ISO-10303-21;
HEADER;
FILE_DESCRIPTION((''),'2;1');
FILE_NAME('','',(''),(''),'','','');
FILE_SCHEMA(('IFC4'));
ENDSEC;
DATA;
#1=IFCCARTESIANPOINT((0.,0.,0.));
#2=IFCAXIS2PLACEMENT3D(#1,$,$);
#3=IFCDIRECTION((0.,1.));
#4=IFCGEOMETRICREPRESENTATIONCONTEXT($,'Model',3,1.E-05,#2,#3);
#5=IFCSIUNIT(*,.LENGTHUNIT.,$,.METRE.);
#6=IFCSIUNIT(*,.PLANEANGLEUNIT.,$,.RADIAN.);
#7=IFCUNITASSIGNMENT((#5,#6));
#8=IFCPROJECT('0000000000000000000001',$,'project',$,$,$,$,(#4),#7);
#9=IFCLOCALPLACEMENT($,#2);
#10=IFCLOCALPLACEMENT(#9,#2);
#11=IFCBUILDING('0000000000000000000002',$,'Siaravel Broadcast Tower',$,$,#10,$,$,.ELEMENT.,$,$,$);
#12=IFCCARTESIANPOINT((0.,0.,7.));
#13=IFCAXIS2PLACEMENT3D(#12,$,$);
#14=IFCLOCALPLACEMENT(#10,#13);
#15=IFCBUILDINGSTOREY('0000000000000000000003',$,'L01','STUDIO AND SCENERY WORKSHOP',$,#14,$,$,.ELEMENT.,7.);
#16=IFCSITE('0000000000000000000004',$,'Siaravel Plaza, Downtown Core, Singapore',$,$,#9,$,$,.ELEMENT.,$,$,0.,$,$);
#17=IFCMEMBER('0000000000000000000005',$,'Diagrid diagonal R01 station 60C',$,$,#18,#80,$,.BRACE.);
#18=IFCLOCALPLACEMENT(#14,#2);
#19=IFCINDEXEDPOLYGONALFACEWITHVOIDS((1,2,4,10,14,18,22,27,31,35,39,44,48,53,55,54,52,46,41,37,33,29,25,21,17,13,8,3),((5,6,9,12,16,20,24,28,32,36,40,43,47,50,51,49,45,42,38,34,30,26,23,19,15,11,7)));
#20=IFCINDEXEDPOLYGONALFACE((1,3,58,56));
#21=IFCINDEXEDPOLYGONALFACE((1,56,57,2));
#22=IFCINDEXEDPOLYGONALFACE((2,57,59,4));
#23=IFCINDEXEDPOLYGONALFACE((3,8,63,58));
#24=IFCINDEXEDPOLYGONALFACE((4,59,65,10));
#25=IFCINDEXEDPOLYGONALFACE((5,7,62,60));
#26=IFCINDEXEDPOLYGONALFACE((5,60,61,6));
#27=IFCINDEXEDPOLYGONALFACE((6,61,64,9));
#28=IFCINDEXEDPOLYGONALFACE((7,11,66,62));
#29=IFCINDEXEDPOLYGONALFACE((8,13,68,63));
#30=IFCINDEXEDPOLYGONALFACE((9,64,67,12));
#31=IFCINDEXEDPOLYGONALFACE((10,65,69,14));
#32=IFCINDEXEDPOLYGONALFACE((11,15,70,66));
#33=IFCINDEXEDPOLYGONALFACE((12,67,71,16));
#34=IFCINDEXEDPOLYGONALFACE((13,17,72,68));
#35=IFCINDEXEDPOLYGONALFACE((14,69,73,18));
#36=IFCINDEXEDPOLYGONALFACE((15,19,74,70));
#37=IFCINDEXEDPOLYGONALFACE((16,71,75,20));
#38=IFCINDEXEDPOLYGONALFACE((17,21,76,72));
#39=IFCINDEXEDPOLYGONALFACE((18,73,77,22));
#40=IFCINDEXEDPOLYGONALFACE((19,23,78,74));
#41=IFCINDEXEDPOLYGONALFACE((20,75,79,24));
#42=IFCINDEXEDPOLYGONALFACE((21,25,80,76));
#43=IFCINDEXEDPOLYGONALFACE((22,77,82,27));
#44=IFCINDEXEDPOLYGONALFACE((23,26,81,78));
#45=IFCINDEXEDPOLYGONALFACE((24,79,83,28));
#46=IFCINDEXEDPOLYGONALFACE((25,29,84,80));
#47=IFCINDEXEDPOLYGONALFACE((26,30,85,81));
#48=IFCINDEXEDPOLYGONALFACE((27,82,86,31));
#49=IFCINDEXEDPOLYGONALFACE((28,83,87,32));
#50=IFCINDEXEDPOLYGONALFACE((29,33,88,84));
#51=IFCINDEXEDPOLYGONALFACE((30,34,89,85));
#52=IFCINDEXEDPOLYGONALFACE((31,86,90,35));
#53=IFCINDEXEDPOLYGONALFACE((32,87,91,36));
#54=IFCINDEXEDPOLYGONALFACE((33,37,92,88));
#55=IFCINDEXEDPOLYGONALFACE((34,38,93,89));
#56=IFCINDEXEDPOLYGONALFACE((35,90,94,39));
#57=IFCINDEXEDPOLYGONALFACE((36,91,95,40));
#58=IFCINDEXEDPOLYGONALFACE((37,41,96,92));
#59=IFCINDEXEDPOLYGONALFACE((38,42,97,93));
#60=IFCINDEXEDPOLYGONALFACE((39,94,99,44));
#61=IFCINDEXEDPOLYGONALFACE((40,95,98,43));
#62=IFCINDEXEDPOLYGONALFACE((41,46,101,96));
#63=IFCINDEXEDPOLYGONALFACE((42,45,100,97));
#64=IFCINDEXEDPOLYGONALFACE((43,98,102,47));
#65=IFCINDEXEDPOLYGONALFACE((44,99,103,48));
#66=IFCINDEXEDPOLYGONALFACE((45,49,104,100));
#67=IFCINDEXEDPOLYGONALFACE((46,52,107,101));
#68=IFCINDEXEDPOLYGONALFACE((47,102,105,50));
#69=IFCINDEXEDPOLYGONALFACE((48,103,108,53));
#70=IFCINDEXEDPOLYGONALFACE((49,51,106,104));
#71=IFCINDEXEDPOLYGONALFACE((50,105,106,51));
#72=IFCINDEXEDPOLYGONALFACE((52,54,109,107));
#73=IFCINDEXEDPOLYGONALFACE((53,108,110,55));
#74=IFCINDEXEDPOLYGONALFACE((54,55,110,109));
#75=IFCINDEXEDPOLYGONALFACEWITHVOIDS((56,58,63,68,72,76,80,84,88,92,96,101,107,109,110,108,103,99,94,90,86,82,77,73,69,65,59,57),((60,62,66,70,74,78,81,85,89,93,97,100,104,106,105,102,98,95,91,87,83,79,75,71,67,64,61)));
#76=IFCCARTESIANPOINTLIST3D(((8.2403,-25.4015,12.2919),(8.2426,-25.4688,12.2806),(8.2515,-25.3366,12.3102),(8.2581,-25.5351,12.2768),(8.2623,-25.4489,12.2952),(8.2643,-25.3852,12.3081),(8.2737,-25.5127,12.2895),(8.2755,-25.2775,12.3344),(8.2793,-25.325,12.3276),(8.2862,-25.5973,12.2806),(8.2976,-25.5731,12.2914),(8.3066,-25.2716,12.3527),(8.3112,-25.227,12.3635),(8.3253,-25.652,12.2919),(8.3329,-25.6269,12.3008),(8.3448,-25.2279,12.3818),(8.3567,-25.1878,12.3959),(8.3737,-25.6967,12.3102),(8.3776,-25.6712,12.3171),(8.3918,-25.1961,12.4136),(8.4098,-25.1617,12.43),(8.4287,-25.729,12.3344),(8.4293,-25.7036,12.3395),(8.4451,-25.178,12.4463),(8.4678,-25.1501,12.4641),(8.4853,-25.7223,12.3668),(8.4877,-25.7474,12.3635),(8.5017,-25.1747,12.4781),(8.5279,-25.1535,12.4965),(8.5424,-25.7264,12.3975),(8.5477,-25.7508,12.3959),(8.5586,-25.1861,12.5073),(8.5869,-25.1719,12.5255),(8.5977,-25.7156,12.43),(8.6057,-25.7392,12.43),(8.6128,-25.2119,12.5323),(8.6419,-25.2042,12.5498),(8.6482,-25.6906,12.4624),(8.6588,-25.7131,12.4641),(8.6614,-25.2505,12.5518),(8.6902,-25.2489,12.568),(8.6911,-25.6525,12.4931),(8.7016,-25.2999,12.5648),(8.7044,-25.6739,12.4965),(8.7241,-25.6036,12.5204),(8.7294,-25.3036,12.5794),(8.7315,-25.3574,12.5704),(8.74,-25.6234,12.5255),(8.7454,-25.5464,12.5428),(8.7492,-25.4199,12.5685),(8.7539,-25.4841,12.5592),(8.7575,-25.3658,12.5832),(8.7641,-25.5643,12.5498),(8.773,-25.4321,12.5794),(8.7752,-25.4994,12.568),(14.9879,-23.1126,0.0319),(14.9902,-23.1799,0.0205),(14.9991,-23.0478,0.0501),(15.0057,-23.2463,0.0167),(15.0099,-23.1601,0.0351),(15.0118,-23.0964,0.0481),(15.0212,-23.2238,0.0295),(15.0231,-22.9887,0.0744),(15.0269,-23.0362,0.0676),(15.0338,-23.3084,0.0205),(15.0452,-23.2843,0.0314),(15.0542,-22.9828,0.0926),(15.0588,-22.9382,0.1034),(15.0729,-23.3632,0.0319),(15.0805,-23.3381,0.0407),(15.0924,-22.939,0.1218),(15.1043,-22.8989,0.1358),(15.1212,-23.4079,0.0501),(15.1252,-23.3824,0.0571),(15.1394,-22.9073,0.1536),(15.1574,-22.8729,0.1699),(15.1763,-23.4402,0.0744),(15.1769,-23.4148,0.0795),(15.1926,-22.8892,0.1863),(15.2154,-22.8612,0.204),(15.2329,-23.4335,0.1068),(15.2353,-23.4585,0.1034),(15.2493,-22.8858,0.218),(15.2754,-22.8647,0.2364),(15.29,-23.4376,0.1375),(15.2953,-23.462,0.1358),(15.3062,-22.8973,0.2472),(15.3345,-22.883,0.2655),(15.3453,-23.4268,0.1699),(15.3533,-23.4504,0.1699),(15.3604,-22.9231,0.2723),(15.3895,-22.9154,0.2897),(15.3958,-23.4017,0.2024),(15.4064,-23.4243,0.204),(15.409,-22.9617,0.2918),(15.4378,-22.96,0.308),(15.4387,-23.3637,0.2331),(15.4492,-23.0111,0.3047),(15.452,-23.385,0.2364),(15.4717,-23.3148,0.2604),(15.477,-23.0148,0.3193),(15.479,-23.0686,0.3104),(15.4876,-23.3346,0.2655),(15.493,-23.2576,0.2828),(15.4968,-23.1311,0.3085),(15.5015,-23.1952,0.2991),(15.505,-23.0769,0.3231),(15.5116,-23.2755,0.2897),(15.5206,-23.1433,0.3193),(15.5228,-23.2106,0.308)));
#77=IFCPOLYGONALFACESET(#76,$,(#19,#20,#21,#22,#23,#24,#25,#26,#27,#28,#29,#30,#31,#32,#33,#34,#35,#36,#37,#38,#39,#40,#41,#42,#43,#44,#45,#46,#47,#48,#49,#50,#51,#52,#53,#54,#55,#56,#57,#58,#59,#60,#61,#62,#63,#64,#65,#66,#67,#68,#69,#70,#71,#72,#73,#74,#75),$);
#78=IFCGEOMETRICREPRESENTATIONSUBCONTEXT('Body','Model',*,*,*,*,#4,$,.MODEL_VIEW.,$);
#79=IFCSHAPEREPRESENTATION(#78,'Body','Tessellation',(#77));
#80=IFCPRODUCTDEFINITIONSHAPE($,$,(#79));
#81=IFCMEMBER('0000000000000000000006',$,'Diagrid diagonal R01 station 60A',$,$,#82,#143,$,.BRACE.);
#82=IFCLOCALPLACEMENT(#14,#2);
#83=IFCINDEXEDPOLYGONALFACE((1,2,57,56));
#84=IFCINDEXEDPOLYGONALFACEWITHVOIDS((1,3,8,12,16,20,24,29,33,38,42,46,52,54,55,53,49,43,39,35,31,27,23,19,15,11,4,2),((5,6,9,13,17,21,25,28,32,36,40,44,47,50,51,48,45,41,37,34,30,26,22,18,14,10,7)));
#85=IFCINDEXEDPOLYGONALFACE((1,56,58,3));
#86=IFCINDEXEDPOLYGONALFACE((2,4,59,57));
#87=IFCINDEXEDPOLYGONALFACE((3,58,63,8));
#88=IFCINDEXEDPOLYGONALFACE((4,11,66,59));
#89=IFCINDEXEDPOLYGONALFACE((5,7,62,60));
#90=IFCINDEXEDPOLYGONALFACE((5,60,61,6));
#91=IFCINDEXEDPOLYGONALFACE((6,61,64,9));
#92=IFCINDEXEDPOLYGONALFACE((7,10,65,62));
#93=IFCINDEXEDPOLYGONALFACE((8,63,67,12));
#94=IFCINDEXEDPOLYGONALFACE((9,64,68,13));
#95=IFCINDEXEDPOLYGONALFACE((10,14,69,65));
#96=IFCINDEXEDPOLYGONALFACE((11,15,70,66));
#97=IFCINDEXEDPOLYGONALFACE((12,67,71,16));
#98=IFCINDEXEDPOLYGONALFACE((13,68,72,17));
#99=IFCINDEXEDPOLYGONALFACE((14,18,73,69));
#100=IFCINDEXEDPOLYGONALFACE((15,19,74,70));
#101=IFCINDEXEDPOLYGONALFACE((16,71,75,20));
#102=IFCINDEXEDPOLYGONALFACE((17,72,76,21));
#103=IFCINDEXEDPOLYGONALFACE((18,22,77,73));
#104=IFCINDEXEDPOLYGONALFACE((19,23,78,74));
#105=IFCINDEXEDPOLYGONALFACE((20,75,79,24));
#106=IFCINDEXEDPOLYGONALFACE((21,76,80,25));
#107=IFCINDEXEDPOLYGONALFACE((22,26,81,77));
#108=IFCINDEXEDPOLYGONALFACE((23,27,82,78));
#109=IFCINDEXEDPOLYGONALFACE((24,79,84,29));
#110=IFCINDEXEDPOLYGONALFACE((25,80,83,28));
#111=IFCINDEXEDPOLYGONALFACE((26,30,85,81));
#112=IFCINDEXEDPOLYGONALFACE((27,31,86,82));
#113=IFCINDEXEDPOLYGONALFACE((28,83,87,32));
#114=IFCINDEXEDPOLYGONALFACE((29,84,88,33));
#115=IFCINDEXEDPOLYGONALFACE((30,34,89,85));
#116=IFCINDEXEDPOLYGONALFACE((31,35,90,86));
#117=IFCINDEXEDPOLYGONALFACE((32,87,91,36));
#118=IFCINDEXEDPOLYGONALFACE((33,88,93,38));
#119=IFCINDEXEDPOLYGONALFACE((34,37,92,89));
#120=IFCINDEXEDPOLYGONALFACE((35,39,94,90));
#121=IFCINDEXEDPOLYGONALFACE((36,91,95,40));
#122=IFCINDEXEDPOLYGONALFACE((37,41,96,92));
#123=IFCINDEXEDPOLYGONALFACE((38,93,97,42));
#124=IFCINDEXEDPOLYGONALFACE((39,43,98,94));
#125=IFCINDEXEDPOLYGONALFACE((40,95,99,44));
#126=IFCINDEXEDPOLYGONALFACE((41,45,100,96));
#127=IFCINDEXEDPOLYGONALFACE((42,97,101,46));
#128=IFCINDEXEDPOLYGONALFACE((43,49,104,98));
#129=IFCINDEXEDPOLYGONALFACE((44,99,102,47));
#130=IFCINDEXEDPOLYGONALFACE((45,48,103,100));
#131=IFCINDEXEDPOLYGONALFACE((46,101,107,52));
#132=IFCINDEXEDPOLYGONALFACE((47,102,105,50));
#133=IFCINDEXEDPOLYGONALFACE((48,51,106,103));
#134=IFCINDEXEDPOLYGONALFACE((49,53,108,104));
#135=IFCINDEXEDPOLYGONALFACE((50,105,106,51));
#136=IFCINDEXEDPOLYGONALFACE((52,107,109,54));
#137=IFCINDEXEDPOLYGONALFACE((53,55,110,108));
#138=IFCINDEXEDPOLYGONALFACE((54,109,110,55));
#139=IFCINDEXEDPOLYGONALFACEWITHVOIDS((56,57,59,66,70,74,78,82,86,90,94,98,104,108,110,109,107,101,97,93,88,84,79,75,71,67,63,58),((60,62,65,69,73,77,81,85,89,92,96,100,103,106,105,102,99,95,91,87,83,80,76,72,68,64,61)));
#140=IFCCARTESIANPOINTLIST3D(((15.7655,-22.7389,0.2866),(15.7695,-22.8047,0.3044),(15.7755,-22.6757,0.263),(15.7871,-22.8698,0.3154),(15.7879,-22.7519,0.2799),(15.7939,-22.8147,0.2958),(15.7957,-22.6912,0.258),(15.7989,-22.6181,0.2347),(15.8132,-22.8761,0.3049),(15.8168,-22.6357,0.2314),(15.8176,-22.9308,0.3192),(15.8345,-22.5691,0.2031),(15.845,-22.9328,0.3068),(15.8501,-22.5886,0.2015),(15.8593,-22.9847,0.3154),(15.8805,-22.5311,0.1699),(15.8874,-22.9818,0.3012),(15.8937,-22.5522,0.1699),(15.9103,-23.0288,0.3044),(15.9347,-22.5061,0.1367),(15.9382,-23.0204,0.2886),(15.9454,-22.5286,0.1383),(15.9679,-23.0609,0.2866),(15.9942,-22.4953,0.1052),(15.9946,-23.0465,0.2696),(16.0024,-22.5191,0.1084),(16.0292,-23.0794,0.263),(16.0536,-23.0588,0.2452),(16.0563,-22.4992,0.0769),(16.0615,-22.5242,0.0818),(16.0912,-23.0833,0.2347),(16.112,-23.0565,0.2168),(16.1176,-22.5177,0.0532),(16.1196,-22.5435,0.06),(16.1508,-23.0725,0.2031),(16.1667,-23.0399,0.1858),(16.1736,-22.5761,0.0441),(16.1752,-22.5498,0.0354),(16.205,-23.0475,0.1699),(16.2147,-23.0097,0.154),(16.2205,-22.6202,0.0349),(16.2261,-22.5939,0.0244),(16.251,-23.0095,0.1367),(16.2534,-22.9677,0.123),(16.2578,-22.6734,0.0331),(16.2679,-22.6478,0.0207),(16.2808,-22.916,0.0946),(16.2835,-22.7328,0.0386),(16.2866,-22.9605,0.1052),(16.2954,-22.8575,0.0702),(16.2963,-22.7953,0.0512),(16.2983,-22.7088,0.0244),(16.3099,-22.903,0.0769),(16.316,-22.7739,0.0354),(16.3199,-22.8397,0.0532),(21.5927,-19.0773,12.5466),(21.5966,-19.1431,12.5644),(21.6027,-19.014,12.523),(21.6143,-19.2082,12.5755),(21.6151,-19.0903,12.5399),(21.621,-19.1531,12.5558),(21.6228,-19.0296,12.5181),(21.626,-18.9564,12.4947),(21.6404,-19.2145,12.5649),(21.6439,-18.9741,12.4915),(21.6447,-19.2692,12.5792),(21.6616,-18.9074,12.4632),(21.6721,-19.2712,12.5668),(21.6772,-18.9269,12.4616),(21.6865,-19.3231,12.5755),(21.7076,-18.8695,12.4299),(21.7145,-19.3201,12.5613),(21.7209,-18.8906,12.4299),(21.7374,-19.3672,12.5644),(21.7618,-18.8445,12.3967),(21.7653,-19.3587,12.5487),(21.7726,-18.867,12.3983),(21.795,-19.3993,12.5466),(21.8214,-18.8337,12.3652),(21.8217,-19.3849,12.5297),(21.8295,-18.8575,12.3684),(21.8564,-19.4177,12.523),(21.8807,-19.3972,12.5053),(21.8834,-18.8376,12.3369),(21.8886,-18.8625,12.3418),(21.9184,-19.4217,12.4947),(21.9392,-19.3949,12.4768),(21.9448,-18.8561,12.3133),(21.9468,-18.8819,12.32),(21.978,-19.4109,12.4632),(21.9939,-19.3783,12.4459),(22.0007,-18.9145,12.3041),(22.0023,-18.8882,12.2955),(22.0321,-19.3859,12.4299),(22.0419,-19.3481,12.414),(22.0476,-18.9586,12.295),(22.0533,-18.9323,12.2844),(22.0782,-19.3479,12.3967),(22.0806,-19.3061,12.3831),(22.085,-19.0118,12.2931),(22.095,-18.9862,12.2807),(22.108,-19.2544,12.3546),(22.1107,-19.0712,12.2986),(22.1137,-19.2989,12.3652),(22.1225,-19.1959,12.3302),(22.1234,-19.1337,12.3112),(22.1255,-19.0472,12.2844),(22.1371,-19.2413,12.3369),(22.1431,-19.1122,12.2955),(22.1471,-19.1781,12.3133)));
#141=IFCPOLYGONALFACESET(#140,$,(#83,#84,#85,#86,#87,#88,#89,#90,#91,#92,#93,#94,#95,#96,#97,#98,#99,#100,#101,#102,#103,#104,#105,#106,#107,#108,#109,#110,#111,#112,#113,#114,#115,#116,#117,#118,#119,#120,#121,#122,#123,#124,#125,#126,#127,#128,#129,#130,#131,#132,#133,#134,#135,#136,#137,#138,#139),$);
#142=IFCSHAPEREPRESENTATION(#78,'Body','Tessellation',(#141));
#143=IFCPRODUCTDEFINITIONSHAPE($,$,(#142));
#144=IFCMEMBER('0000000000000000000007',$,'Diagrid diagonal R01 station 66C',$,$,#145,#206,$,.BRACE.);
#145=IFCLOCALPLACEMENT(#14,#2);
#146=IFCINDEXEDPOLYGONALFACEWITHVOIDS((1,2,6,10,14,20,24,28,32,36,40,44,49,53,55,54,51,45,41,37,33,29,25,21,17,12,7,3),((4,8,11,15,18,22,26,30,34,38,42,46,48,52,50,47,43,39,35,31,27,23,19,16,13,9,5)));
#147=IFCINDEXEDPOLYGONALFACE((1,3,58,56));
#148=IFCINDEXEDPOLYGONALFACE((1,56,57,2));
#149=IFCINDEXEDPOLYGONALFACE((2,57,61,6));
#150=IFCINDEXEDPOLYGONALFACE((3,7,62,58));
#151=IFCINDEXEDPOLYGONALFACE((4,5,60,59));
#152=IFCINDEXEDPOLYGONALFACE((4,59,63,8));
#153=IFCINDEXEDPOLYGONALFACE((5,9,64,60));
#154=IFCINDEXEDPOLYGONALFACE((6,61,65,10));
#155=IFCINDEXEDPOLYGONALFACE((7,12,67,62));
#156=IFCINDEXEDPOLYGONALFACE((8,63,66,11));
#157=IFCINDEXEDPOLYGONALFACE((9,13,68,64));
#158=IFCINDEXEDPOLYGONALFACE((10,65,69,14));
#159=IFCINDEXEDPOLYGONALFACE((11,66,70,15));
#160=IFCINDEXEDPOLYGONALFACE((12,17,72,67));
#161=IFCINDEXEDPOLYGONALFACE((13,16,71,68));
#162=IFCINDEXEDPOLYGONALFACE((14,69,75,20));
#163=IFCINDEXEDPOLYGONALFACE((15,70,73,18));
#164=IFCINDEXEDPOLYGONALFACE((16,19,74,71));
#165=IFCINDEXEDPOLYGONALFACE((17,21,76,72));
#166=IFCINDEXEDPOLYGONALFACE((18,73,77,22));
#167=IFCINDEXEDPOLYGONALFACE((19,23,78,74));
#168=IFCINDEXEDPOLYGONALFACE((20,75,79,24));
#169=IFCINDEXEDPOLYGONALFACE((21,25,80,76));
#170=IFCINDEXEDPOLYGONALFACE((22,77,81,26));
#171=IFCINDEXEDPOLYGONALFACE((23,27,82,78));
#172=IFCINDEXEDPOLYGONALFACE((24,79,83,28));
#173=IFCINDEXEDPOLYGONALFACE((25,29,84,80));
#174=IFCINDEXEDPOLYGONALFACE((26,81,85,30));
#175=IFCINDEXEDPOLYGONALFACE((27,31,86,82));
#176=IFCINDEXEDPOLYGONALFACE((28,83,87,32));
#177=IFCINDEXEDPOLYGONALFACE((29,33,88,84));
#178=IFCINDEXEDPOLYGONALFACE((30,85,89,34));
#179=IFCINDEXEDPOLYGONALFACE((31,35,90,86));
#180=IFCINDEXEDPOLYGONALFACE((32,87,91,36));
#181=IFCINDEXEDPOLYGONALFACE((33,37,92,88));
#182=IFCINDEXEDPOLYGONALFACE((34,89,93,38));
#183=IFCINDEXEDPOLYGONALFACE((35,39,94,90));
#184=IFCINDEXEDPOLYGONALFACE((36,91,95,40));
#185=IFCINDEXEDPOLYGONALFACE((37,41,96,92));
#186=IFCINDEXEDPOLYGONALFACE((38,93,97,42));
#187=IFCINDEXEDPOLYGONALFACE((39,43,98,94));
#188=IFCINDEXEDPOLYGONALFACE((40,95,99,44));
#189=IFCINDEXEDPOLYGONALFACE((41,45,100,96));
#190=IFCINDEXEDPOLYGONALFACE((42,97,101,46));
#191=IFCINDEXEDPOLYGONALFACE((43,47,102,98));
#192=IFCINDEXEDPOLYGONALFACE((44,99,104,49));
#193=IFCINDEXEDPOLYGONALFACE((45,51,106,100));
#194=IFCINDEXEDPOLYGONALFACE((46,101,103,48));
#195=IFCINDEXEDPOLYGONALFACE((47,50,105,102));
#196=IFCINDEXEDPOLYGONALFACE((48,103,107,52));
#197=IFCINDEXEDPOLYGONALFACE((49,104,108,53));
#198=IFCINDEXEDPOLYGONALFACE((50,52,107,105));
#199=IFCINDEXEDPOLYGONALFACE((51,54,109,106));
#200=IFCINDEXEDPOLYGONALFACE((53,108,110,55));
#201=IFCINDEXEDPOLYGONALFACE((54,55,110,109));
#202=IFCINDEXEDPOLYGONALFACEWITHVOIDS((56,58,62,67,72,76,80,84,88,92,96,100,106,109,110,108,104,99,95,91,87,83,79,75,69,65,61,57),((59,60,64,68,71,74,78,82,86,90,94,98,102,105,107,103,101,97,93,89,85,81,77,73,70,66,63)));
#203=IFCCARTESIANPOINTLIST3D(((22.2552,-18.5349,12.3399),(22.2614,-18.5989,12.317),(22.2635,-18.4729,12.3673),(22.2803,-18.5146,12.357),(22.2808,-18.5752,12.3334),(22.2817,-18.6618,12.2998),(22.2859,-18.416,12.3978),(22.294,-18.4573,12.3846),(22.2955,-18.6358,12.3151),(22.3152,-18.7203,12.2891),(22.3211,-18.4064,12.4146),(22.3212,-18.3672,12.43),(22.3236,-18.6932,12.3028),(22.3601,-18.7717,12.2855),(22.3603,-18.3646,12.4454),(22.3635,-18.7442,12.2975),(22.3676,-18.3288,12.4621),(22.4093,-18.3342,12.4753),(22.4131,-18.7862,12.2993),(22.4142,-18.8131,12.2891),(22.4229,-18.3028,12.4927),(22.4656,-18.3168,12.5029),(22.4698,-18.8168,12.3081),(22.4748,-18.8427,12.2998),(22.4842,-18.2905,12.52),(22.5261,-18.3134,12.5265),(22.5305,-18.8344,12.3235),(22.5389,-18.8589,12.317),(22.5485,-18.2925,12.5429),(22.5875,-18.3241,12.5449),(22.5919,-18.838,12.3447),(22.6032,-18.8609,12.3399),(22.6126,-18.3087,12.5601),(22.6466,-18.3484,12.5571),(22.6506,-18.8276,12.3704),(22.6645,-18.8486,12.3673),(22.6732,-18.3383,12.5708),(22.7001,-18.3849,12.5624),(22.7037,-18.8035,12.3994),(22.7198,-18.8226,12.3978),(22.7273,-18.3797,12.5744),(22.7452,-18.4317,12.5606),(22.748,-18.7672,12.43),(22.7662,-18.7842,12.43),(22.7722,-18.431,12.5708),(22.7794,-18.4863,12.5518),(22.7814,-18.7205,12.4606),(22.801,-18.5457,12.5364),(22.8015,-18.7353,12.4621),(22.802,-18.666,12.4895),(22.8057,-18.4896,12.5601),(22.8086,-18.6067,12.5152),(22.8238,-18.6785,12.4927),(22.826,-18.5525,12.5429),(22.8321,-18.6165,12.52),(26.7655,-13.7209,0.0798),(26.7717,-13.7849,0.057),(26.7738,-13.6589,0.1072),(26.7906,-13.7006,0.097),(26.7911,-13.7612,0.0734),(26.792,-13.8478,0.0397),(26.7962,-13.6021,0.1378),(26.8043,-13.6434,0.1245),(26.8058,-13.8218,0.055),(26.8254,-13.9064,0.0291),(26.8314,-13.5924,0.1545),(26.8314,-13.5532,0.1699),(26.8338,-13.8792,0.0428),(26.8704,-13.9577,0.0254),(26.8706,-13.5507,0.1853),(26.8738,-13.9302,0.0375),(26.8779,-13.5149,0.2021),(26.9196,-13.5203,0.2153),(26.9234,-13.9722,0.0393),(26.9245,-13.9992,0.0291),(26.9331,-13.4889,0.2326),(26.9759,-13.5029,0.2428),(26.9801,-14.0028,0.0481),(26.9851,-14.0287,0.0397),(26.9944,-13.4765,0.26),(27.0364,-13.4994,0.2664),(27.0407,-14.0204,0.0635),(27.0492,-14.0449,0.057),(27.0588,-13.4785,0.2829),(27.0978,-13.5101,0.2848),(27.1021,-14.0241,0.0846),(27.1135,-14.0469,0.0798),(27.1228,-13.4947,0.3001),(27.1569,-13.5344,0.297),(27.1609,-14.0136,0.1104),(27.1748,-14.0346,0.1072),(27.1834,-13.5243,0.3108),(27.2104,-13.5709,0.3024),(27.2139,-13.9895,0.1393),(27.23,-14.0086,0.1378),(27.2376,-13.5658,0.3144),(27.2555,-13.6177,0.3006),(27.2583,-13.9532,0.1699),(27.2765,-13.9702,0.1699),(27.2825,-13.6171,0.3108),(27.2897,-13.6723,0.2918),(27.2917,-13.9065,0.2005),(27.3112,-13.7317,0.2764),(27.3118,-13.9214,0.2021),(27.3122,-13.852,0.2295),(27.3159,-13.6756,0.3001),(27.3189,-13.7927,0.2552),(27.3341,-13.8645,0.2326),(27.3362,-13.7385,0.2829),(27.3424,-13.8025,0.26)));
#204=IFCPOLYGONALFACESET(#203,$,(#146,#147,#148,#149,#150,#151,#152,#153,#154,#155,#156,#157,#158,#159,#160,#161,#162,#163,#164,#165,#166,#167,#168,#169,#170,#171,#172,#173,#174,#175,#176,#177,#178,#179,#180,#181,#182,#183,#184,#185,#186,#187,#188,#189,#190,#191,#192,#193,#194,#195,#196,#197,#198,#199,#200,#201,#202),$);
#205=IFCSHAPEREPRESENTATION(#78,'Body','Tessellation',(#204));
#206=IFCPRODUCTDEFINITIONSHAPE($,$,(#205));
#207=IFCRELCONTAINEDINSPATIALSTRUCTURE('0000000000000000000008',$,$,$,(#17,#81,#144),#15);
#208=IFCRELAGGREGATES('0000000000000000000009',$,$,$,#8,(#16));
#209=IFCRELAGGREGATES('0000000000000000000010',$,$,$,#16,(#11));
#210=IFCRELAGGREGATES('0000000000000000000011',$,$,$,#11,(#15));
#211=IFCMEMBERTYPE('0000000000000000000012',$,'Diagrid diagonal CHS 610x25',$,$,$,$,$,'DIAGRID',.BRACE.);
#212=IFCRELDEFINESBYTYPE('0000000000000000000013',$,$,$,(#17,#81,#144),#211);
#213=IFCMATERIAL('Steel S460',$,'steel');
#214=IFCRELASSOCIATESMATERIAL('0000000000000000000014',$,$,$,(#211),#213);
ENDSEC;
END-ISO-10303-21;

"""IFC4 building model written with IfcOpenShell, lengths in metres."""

from ifc_helpers import new_model, si_unit, direction, frame, origin, origin_2d, place, context, subcontext, project, spatial, hollow_circle, extrude, material, material_profile, profile_set, type_object, element, save


model = new_model("IFC4")

# Units and contexts
model_context = context("Model", 3, precision=1e-05, world=origin(), true_north=direction((0.0, 1.0)))
body_context = subcontext(model_context, "Body", "Model", "MODEL_VIEW")
ifc_project = project(units=[si_unit("LENGTHUNIT", "METRE"), si_unit("PLANEANGLEUNIT", "RADIAN")], contexts=[model_context])

# Site, building, storey
site_placement = place(None, origin())
site = spatial("IfcSite", under=ifc_project, at=site_placement, Name="Siaravel Plaza, Downtown Core, Singapore", CompositionType="ELEMENT", RefElevation=0.0)
building_placement = place(site_placement, origin())
building = spatial("IfcBuilding", under=site, at=building_placement, Name="Siaravel Broadcast Tower", CompositionType="ELEMENT")
storey_placement = place(building_placement, frame((0.0, 0.0, 7.0)))
storey = spatial("IfcBuildingStorey", under=building, at=storey_placement, Name="L01", Description="STUDIO AND SCENERY WORKSHOP", CompositionType="ELEMENT", Elevation=7.0)

# Members
ifc_material_1 = material(Name="Steel S460", Category="steel")
ifc_material_profile_1 = material_profile(ifc_material_1, hollow_circle(Radius=0.3049, WallThickness=0.0249, at=origin_2d()))
ifc_profile_set_1 = profile_set([ifc_material_profile_1], Name="Steel S460")
member_type_1 = type_object("IfcMemberType", Name="Diagrid diagonal CHS 610x25", ElementType="DIAGRID", PredefinedType="BRACE", material=ifc_profile_set_1)
member_1_placement = place(storey_placement, frame((15.2554, -23.1616, 0.1699), z_axis=(-0.475846, -0.16141, 0.864591), x_axis=(0.321229, -0.947001, 0.0)))
element("IfcMember", 1, at=member_1_placement, inside=storey, type_object=member_type_1, Name="Diagrid diagonal R01 station 60C", PredefinedType="BRACE", context=body_context, shape_type="SweptSolid", body=[
    extrude(hollow_circle(Radius=0.3049, WallThickness=0.0249, at=origin_2d()), origin(), (0.0, 0.0, 1.0), 14.1802),
])
member_2_placement = place(storey_placement, frame((16.0427, -22.7893, 0.1699), z_axis=(0.414462, 0.260437, 0.872006), x_axis=(-0.532051, 0.846712, 0.0)))
element("IfcMember", 2, at=member_2_placement, inside=storey, type_object=member_type_1, Name="Diagrid diagonal R01 station 60A", PredefinedType="BRACE", context=body_context, shape_type="SweptSolid", body=[
    extrude(hollow_circle(Radius=0.3049, WallThickness=0.0249, at=origin_2d()), origin(), (0.0, 0.0, 1.0), 14.0596),
])
member_3_placement = place(storey_placement, frame((27.054, -13.7617, 0.1699), z_axis=(-0.323964, -0.345779, 0.880616), x_axis=(0.729752, -0.683712, 0.0)))
element("IfcMember", 3, at=member_3_placement, inside=storey, type_object=member_type_1, Name="Diagrid diagonal R01 station 66C", PredefinedType="BRACE", context=body_context, shape_type="SweptSolid", body=[
    extrude(hollow_circle(Radius=0.3049, WallThickness=0.0249, at=origin_2d()), origin(), (0.0, 0.0, 1.0), 13.9221),
])

save(model, "model.ifc")
